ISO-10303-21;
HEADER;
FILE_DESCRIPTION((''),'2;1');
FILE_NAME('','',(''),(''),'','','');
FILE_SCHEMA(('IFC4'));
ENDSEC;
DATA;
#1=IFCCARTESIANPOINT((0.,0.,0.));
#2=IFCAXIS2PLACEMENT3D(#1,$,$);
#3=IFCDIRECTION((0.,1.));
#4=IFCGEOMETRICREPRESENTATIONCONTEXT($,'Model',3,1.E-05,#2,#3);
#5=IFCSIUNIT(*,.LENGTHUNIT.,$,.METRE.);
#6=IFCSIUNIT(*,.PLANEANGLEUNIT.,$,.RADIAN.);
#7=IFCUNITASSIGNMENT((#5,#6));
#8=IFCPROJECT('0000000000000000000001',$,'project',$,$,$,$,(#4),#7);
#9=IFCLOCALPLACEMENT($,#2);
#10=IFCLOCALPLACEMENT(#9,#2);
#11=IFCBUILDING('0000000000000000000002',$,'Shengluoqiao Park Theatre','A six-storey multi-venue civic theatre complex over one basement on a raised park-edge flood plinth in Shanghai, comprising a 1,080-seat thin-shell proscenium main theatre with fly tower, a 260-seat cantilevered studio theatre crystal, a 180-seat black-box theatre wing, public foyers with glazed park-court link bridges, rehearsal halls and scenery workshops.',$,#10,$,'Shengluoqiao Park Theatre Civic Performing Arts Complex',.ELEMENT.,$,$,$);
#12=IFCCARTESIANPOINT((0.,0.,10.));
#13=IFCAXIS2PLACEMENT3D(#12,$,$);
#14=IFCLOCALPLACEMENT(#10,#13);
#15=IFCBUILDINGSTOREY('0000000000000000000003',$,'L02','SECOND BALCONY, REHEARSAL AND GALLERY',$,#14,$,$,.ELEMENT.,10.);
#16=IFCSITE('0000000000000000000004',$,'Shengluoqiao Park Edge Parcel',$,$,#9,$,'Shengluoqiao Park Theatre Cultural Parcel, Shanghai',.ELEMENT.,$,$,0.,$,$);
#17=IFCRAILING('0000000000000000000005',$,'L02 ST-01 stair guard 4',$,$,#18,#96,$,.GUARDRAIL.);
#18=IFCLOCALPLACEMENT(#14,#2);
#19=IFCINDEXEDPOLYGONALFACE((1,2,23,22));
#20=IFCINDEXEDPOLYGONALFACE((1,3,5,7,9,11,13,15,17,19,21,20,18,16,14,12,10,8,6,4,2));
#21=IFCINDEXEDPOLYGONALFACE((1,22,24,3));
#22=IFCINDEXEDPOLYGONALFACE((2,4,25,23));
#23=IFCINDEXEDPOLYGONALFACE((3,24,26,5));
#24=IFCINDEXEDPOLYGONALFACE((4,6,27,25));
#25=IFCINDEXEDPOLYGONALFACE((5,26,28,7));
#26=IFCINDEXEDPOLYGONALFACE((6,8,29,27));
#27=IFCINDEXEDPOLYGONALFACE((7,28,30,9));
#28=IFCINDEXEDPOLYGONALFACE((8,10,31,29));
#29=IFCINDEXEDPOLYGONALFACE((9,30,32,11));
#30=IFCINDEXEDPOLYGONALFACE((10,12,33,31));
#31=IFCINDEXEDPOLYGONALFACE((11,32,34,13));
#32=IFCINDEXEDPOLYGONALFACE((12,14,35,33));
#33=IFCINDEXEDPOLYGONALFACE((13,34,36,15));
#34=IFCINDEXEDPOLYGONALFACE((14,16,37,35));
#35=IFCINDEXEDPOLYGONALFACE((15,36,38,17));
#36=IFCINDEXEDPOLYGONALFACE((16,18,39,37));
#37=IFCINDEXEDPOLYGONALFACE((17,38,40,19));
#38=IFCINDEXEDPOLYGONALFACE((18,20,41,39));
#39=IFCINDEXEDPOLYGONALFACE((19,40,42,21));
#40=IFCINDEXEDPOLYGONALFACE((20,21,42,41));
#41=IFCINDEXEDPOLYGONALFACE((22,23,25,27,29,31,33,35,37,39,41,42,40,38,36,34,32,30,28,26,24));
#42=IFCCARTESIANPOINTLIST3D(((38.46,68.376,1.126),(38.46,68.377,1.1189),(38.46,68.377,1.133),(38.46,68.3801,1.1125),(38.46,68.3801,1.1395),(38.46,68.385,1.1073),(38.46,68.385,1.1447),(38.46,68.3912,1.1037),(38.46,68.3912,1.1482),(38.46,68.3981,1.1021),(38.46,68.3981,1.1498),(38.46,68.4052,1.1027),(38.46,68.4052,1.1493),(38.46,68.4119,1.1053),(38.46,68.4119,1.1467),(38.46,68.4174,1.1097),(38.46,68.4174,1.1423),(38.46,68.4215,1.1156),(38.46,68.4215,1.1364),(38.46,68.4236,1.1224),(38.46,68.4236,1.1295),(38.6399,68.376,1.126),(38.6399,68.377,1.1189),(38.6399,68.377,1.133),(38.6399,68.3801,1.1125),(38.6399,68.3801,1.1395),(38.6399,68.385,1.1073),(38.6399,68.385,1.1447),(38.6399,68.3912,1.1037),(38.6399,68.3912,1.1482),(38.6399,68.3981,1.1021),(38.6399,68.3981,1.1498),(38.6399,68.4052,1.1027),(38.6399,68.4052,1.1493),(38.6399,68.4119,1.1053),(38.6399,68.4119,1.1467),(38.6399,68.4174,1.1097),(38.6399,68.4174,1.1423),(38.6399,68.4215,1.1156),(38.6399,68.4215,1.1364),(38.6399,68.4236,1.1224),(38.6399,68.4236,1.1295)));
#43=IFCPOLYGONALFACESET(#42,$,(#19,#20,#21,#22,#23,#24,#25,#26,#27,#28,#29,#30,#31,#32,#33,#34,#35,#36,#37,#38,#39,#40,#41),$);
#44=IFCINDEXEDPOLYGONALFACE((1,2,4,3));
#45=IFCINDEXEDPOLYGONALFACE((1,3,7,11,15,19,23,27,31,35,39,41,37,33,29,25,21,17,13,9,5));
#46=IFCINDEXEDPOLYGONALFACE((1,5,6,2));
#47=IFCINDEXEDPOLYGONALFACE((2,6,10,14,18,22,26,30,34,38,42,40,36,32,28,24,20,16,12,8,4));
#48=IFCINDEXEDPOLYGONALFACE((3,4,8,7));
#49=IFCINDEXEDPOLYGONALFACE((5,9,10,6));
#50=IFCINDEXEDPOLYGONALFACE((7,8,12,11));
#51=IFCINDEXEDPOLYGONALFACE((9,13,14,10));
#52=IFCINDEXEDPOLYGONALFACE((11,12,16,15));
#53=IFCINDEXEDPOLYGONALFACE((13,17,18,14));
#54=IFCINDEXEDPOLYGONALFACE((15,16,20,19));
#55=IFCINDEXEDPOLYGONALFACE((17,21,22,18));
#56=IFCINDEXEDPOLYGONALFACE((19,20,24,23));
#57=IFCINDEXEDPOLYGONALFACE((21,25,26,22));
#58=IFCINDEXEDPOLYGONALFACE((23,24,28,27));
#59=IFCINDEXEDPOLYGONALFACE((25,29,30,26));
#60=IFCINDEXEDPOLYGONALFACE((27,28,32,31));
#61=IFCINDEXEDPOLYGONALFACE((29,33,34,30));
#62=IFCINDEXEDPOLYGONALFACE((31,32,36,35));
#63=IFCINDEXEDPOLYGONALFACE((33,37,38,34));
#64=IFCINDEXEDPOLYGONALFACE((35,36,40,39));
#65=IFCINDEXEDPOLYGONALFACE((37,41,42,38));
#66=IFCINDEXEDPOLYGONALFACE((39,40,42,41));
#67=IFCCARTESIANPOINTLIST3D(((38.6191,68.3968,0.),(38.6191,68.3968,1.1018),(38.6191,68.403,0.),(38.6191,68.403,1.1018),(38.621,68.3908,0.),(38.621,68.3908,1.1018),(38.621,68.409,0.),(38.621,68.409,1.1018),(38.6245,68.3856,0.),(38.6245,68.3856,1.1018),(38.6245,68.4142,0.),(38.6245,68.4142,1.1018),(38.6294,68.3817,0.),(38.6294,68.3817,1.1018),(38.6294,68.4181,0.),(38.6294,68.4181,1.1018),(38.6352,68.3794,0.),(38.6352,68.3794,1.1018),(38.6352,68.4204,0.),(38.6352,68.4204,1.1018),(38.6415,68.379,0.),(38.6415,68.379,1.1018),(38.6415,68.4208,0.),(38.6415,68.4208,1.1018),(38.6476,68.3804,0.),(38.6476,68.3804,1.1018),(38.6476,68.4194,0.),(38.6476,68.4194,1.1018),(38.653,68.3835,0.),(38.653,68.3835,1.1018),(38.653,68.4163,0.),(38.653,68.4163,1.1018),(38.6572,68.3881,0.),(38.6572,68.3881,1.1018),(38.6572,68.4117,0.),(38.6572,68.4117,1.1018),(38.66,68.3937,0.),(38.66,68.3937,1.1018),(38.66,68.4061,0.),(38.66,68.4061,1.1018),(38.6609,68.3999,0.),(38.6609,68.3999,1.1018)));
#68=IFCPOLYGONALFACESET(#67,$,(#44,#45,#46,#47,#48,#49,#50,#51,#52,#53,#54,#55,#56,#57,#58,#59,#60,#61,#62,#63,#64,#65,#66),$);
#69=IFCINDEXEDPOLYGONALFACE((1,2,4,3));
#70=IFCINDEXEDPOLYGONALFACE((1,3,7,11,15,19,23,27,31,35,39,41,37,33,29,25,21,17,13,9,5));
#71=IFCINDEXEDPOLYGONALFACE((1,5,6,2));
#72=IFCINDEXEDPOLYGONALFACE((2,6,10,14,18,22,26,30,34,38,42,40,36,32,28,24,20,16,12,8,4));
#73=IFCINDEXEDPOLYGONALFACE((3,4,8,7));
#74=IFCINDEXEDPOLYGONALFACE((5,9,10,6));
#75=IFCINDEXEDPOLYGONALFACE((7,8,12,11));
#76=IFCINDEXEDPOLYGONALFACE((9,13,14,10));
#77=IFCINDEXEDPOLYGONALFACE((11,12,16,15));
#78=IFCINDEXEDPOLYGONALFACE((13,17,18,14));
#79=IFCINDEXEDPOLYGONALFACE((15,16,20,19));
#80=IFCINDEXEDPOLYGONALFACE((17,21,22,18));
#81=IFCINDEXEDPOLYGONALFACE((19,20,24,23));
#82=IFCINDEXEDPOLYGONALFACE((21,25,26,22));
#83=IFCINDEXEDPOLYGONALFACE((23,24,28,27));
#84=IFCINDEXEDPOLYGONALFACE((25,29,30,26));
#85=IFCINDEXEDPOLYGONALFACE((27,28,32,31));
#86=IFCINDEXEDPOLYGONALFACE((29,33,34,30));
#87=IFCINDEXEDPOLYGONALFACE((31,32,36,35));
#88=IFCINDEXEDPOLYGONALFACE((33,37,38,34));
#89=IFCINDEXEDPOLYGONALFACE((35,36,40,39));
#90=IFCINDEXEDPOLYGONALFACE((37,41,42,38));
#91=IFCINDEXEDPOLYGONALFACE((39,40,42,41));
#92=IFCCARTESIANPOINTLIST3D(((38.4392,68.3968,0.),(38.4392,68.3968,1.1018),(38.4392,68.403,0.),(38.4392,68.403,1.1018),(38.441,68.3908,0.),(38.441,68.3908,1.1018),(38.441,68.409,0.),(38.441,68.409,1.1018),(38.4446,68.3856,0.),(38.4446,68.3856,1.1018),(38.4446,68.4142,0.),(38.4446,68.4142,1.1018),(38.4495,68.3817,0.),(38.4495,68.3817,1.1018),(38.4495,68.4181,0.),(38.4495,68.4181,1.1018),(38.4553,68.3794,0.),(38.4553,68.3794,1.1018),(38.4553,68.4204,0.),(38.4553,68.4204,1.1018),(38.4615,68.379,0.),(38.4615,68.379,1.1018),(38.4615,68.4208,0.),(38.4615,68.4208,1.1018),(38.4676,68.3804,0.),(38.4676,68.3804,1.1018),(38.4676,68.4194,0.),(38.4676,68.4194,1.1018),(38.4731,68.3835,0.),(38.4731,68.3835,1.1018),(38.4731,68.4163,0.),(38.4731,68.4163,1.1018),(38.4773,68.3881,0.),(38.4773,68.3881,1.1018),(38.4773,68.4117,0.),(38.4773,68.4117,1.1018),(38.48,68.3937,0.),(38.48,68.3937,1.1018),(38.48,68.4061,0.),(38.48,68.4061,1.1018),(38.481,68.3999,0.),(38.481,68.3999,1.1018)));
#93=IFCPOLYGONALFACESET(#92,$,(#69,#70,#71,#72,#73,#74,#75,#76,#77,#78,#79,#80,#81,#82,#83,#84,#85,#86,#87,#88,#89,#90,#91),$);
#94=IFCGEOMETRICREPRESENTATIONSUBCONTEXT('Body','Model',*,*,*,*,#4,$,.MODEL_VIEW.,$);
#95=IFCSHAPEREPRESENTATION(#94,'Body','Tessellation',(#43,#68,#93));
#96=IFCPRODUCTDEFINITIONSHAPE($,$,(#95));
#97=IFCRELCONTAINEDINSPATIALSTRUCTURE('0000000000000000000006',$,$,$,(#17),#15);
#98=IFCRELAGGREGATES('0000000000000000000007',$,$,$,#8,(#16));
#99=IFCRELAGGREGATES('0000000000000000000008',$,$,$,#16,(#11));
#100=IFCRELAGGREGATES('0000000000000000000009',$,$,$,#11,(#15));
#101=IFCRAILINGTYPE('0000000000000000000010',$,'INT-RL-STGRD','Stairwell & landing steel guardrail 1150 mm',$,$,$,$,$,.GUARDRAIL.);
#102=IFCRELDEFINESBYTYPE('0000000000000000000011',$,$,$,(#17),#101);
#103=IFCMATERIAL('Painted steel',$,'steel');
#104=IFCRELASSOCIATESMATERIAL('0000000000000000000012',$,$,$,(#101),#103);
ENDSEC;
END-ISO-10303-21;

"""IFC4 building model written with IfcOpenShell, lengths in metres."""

from ifc_helpers import new_model, si_unit, direction, frame, origin, origin_2d, place, context, subcontext, project, spatial, circle, extrude, material, type_object, element, save


model = new_model("IFC4")

# Units and contexts
model_context = context("Model", 3, precision=1e-05, world=origin(), true_north=direction((0.0, 1.0)))
body_context = subcontext(model_context, "Body", "Model", "MODEL_VIEW")
ifc_project = project(units=[si_unit("LENGTHUNIT", "METRE"), si_unit("PLANEANGLEUNIT", "RADIAN")], contexts=[model_context])

# Site, building, storey
site_placement = place(None, origin())
site = spatial("IfcSite", under=ifc_project, at=site_placement, Name="Shengluoqiao Park Edge Parcel", LongName="Shengluoqiao Park Theatre Cultural Parcel, Shanghai", CompositionType="ELEMENT", RefElevation=0.0)
building_placement = place(site_placement, origin())
building = spatial("IfcBuilding", under=site, at=building_placement, Name="Shengluoqiao Park Theatre", Description="A six-storey multi-venue civic theatre complex over one basement on a raised park-edge flood plinth in Shanghai, comprising a 1,080-seat thin-shell proscenium main theatre with fly tower, a 260-seat cantilevered studio theatre crystal, a 180-seat black-box theatre wing, public foyers with glazed park-court link bridges, rehearsal halls and scenery workshops.", LongName="Shengluoqiao Park Theatre Civic Performing Arts Complex", CompositionType="ELEMENT")
storey_placement = place(building_placement, frame((0.0, 0.0, 10.0)))
storey = spatial("IfcBuildingStorey", under=building, at=storey_placement, Name="L02", Description="SECOND BALCONY, REHEARSAL AND GALLERY", CompositionType="ELEMENT", Elevation=10.0)

# Railing
ifc_material_1 = material(Name="Painted steel", Category="steel")
railing_type_1 = type_object("IfcRailingType", Name="INT-RL-STGRD", Description="Stairwell & landing steel guardrail 1150 mm", PredefinedType="GUARDRAIL", material=ifc_material_1)
railing_1_placement = place(storey_placement, frame((38.6399, 68.3999, 0.0)))
element("IfcRailing", 1, at=railing_1_placement, inside=storey, type_object=railing_type_1, Name="L02 ST-01 stair guard 4", PredefinedType="GUARDRAIL", context=body_context, shape_type="SweptSolid", body=[
    extrude(circle(Radius=0.0239, at=origin_2d()), frame((0.0, 0.0, 1.126), z_axis=(-1.0, 0.0, 0.0), x_axis=(0.0, -1.0, 0.0)), (0.0, 0.0, 1.0), 0.1799),
    extrude(circle(Radius=0.021, at=origin_2d()), origin(), (0.0, 0.0, 1.0), 1.1018),
    extrude(circle(Radius=0.021, at=origin_2d()), frame((-0.1799, 0.0, 0.0)), (0.0, 0.0, 1.0), 1.1018),
])

save(model, "model.ifc")
